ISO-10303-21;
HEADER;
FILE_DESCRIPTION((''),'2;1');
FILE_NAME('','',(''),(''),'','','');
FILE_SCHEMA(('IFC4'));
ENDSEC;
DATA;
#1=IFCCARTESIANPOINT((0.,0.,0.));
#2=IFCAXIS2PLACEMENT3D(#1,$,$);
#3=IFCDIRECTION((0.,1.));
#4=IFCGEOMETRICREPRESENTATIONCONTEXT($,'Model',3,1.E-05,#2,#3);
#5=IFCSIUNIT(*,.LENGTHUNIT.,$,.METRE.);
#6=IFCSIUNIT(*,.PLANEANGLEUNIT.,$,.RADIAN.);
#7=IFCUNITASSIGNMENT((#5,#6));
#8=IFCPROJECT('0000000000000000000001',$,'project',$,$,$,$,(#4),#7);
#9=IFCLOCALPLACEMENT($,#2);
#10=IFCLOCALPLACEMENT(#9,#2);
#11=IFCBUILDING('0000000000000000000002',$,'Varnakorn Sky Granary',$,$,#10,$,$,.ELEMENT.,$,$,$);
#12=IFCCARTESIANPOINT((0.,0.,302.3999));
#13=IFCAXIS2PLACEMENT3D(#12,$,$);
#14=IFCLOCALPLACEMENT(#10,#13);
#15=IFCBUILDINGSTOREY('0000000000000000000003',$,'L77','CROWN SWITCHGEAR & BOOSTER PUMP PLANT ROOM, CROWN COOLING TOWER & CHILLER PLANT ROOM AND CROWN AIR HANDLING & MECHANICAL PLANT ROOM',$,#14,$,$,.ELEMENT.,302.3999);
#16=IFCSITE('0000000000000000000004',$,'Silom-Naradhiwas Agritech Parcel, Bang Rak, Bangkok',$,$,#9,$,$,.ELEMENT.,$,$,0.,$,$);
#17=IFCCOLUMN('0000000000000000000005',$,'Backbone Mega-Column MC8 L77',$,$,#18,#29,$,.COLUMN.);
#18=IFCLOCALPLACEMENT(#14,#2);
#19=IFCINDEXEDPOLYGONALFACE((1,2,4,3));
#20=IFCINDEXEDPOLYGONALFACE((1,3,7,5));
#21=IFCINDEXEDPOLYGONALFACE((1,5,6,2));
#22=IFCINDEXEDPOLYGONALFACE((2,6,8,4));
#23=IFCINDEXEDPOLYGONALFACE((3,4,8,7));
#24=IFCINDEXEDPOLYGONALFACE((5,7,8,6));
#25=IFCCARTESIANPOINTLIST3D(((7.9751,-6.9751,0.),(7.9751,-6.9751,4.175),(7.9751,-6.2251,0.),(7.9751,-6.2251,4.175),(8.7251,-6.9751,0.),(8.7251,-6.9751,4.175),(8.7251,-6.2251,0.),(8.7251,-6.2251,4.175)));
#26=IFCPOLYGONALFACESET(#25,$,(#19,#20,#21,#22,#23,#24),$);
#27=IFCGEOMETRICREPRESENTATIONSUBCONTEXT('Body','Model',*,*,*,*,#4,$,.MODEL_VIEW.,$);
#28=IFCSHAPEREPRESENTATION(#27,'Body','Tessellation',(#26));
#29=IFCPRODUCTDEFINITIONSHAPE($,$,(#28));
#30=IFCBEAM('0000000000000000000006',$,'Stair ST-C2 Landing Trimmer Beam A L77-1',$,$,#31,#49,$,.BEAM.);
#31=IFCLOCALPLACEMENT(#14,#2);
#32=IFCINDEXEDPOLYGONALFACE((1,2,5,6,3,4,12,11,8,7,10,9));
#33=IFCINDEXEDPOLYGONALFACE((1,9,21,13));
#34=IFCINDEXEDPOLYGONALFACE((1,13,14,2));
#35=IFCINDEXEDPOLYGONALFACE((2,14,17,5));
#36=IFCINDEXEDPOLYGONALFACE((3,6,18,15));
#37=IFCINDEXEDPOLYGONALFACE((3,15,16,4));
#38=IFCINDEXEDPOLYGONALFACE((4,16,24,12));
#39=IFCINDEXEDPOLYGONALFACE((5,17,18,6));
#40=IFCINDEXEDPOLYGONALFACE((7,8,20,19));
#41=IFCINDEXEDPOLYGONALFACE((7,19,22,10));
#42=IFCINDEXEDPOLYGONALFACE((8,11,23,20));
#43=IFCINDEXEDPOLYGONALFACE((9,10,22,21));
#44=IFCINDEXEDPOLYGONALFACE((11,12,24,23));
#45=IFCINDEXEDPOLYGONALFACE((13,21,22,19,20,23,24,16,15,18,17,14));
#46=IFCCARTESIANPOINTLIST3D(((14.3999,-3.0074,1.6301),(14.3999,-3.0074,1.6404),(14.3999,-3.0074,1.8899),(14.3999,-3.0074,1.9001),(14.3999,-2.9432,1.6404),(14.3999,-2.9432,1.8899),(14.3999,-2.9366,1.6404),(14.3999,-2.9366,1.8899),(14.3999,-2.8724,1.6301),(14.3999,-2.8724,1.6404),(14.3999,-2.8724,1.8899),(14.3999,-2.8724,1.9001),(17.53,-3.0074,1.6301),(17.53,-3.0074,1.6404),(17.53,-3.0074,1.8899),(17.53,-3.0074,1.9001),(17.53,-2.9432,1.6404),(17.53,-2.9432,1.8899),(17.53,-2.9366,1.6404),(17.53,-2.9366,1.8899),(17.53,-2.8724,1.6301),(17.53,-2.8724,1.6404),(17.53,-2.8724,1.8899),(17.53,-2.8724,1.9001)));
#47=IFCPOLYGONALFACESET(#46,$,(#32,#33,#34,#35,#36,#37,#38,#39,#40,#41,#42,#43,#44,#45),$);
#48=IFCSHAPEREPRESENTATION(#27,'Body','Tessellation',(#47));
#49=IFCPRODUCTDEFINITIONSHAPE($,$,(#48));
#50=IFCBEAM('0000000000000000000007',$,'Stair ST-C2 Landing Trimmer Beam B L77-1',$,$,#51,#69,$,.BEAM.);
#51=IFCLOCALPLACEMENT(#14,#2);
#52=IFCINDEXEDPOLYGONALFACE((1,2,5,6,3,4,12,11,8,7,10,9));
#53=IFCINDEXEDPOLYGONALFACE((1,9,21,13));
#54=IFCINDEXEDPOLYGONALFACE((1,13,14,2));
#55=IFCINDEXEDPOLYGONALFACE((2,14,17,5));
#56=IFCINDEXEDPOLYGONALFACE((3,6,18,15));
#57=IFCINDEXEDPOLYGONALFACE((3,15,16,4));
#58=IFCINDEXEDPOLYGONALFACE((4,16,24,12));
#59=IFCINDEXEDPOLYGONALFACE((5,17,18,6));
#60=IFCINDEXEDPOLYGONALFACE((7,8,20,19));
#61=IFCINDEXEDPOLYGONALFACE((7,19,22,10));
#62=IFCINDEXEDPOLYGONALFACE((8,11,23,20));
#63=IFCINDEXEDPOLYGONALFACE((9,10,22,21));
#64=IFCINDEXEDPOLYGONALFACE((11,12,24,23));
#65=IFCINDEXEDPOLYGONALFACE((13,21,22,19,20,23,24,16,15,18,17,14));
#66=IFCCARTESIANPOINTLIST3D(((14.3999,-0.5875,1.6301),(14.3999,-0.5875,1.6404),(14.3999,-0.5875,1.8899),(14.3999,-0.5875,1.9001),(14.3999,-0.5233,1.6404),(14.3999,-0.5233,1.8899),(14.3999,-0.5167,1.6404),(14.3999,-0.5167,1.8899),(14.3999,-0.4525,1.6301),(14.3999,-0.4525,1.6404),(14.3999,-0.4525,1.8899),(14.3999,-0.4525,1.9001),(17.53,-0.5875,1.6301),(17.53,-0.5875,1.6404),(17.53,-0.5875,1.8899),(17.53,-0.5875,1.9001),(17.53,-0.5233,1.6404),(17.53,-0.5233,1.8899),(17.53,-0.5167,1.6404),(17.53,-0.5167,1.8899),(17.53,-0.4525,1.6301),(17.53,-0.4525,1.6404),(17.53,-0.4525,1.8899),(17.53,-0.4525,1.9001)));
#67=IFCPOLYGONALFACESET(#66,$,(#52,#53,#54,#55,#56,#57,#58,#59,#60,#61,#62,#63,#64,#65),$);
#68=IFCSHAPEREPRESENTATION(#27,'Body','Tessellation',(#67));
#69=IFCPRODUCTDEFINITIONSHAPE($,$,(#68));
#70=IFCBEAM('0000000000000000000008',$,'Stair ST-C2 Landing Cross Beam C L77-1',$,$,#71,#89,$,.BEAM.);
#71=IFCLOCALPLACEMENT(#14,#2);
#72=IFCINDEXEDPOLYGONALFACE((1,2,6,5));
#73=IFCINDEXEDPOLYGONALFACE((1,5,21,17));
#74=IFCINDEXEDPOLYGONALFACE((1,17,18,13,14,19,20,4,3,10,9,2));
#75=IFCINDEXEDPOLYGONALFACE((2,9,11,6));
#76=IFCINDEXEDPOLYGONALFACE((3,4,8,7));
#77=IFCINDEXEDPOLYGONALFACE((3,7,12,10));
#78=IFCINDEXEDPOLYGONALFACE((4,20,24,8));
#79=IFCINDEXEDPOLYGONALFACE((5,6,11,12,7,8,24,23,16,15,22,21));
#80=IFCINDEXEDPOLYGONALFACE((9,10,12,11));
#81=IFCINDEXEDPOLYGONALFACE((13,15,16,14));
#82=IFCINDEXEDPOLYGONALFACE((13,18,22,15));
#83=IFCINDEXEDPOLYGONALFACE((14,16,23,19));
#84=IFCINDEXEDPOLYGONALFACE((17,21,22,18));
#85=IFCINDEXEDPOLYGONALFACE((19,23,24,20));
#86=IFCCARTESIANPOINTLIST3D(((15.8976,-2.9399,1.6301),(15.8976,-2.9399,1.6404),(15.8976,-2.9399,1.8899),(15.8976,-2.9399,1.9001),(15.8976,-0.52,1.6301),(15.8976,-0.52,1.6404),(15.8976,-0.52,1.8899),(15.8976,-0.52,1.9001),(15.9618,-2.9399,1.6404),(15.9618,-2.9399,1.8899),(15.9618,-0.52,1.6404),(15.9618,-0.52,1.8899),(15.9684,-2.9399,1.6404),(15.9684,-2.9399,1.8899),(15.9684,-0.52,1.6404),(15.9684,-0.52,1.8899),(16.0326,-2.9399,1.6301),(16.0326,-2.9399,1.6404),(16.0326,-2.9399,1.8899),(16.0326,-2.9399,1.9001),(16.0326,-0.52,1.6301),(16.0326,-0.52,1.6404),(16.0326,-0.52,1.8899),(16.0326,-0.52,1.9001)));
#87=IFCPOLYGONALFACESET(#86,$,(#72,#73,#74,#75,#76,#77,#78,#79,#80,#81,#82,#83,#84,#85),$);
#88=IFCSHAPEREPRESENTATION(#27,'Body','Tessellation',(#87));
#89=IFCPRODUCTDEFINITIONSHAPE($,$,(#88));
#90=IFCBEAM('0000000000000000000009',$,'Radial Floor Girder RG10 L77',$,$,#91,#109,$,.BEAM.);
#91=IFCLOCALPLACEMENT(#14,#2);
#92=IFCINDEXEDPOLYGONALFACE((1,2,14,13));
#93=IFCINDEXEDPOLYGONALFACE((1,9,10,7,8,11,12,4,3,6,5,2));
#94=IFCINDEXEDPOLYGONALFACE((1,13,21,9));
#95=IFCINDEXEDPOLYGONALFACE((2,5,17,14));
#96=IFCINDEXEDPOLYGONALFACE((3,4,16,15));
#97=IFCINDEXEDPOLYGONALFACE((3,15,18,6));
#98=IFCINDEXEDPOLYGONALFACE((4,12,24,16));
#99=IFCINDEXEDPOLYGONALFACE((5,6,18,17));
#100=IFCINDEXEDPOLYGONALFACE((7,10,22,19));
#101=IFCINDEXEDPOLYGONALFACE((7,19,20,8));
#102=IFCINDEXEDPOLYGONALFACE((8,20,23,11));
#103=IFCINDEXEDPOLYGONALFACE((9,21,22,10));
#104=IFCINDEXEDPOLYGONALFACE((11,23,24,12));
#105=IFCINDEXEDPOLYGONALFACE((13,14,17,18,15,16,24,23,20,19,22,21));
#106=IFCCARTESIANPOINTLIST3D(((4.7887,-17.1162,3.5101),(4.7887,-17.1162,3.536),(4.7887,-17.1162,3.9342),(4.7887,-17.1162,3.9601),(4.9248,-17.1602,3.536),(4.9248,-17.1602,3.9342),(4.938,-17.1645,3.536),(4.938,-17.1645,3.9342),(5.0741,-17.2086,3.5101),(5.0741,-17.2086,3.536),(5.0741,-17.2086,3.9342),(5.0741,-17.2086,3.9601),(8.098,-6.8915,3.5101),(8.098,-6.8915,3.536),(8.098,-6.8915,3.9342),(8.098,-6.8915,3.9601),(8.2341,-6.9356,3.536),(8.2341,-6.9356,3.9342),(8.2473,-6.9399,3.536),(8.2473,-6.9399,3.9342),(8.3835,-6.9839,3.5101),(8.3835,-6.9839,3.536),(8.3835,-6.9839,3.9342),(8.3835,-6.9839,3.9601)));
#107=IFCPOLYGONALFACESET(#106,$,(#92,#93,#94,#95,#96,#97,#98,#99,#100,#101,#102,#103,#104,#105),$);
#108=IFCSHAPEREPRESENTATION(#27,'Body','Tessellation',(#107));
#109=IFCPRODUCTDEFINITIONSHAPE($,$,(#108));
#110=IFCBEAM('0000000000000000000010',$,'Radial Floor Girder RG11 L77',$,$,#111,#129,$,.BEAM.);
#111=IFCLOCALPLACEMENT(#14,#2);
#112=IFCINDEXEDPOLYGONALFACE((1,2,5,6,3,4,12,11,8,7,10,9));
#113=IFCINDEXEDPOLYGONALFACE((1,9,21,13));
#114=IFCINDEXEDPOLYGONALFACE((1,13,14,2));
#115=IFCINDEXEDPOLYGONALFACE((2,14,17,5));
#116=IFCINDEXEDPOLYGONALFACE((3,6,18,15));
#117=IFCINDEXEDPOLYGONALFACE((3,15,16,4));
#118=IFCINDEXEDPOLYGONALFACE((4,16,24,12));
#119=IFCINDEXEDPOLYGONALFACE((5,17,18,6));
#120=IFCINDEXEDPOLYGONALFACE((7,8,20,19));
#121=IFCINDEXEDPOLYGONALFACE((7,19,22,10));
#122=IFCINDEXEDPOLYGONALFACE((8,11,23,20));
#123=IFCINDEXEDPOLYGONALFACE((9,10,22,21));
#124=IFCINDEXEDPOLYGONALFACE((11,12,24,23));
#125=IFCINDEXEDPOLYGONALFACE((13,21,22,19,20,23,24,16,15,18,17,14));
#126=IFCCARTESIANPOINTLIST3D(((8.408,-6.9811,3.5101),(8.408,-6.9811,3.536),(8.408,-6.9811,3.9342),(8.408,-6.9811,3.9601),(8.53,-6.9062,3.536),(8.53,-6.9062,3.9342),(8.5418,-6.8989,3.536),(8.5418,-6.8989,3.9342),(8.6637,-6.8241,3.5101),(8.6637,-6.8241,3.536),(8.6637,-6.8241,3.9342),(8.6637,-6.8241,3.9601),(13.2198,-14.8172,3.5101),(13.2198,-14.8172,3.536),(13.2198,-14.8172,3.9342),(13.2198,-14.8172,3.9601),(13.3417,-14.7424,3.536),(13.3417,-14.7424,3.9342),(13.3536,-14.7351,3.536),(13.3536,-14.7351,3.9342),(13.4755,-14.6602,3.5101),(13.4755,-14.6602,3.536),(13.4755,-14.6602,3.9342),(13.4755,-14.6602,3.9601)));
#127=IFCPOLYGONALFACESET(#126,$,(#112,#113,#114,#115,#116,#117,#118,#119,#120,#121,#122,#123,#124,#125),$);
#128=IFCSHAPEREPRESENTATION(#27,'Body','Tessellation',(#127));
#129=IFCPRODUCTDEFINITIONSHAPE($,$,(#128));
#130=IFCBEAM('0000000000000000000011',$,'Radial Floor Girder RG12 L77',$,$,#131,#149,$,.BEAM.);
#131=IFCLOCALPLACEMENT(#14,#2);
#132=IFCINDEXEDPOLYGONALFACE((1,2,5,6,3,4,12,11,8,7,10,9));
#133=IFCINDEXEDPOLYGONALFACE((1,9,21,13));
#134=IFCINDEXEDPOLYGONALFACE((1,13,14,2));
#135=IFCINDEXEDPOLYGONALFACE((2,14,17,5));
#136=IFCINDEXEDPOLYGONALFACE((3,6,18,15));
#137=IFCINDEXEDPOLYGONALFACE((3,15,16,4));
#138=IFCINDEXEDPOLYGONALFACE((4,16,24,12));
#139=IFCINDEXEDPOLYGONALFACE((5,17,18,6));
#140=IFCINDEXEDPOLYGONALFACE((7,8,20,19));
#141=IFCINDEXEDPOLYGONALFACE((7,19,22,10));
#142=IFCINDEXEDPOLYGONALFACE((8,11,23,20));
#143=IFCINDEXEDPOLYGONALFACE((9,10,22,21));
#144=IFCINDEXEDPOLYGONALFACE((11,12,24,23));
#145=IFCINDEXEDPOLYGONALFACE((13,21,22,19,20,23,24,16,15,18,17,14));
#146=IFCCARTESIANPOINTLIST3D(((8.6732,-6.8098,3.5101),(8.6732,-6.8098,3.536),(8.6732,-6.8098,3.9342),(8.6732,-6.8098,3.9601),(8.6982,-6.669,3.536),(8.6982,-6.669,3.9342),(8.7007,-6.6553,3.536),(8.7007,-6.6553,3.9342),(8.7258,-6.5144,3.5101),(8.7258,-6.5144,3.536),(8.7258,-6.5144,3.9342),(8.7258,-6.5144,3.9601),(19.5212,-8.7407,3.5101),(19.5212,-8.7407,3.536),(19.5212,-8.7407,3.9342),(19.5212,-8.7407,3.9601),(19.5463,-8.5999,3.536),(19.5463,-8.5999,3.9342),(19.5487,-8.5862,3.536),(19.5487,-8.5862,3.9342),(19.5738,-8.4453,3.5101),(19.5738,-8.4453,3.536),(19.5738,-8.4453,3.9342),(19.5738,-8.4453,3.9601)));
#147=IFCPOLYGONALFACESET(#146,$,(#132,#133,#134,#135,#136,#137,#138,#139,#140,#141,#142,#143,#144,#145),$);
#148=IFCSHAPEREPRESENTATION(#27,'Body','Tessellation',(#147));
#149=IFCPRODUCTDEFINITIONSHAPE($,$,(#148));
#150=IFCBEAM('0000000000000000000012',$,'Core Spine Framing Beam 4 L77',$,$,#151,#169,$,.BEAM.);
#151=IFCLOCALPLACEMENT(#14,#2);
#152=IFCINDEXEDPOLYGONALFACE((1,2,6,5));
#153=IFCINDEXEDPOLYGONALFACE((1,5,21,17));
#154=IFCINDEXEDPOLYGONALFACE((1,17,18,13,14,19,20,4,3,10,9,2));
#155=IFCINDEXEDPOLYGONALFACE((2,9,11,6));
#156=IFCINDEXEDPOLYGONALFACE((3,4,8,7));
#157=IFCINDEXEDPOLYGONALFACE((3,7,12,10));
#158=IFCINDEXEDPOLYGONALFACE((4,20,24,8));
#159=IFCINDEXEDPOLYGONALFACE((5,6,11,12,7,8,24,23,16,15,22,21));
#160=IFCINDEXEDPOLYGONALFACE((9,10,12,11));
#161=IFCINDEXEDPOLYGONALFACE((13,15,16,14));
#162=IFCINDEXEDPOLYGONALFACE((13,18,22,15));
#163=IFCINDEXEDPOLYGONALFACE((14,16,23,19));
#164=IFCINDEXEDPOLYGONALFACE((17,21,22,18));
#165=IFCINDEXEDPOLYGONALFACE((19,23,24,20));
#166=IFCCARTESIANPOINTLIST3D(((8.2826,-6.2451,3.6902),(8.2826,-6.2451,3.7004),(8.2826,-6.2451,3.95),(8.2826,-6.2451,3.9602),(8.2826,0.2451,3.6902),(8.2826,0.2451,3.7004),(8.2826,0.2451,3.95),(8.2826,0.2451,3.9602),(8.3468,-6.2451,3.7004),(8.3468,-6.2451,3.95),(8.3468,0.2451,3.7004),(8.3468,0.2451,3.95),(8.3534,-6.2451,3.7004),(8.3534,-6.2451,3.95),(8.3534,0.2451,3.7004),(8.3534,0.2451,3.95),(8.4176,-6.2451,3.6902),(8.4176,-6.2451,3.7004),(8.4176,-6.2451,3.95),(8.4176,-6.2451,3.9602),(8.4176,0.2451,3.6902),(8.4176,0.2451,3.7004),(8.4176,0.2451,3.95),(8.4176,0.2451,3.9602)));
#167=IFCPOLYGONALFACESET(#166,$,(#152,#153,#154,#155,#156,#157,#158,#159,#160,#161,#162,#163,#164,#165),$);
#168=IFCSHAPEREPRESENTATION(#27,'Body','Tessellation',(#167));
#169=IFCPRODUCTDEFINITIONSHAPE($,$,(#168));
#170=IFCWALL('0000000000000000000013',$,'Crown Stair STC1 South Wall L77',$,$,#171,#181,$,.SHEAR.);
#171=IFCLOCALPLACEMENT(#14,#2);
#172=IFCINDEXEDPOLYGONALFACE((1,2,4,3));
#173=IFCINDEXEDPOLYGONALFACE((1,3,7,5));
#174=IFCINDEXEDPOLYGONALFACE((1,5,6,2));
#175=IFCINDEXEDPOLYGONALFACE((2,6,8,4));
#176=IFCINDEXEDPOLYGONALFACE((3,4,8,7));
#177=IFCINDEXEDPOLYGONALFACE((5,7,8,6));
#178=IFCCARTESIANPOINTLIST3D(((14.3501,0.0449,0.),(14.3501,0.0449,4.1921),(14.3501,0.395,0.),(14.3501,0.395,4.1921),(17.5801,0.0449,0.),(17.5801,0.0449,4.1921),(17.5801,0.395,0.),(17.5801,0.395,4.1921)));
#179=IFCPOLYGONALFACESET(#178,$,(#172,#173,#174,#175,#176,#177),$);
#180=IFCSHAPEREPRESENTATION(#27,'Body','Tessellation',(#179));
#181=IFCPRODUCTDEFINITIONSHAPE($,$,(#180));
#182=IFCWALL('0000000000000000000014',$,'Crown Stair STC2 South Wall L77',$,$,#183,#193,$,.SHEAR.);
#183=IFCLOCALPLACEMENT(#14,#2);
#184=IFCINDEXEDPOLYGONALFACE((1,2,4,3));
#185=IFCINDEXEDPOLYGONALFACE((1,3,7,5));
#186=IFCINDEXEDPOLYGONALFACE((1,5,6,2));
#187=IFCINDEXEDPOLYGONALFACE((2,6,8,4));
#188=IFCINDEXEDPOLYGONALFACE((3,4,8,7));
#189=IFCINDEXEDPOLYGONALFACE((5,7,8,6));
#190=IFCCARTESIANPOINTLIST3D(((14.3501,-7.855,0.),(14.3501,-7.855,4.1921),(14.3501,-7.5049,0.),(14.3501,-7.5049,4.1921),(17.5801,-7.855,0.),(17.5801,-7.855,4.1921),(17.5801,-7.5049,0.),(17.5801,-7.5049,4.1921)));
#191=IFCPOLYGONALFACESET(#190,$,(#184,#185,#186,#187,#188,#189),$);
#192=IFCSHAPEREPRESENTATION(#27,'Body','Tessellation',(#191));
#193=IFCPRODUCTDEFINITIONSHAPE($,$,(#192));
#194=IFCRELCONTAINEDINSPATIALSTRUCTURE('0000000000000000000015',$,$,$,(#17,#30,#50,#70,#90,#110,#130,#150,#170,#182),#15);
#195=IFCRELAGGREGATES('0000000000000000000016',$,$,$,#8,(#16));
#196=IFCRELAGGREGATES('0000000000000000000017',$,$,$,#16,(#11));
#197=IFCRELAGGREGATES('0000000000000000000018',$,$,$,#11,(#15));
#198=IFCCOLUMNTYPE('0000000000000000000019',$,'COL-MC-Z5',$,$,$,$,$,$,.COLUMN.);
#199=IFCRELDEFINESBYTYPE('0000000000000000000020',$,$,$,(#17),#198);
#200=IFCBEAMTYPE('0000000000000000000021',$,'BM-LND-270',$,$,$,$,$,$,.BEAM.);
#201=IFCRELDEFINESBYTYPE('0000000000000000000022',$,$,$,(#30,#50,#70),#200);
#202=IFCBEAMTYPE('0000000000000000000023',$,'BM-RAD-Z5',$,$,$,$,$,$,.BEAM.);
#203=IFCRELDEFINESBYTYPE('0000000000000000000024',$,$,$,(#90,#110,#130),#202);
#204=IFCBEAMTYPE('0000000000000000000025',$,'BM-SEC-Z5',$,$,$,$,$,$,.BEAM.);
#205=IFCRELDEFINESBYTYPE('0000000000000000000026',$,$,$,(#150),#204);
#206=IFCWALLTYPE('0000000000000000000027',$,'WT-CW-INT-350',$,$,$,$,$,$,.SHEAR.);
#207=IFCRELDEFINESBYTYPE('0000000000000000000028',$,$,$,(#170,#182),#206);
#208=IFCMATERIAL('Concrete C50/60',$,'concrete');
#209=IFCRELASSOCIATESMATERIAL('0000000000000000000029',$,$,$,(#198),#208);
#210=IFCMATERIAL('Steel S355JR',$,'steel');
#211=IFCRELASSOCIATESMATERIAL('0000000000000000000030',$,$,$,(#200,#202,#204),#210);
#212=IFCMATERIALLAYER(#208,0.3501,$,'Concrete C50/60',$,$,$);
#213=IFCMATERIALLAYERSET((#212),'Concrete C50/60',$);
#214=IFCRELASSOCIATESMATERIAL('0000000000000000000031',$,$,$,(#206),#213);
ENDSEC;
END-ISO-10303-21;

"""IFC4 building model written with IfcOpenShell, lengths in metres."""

from ifc_helpers import new_model, si_unit, direction, frame, frame_2d, origin, origin_2d, place, context, subcontext, project, spatial, rectangle, i_section, extrude, material, layer, layer_set, material_profile, profile_set, type_object, element, save


model = new_model("IFC4")

# Units and contexts
model_context = context("Model", 3, precision=1e-05, world=origin(), true_north=direction((0.0, 1.0)))
body_context = subcontext(model_context, "Body", "Model", "MODEL_VIEW")
ifc_project = project(units=[si_unit("LENGTHUNIT", "METRE"), si_unit("PLANEANGLEUNIT", "RADIAN")], contexts=[model_context])

# Site, building, storey
site_placement = place(None, origin())
site = spatial("IfcSite", under=ifc_project, at=site_placement, Name="Silom-Naradhiwas Agritech Parcel, Bang Rak, Bangkok", CompositionType="ELEMENT", RefElevation=0.0)
building_placement = place(site_placement, origin())
building = spatial("IfcBuilding", under=site, at=building_placement, Name="Varnakorn Sky Granary", CompositionType="ELEMENT")
storey_placement = place(building_placement, frame((0.0, 0.0, 302.3999)))
storey = spatial("IfcBuildingStorey", under=building, at=storey_placement, Name="L77", Description="CROWN SWITCHGEAR & BOOSTER PUMP PLANT ROOM, CROWN COOLING TOWER & CHILLER PLANT ROOM AND CROWN AIR HANDLING & MECHANICAL PLANT ROOM", CompositionType="ELEMENT", Elevation=302.3999)

# Column
ifc_material_1 = material(Name="Concrete C50/60", Category="concrete")
ifc_material_profile_1 = material_profile(ifc_material_1, rectangle(XDim=0.75, YDim=0.75, at=origin_2d()), Name="RC 750x750")
ifc_profile_set_1 = profile_set([ifc_material_profile_1], Name="Concrete C50/60")
column_type = type_object("IfcColumnType", Name="COL-MC-Z5", PredefinedType="COLUMN", material=ifc_profile_set_1)
column_placement = place(storey_placement, frame((8.3501, -6.6001, 0.0), z_axis=(0.0, 0.0, 1.0), x_axis=(1.0, 0.0, 0.0)))
element("IfcColumn", 1, at=column_placement, inside=storey, type_object=column_type, Name="Backbone Mega-Column MC8 L77", PredefinedType="COLUMN", context=body_context, shape_type="SweptSolid", body=[
    extrude(rectangle(XDim=0.75, YDim=0.75, at=origin_2d()), origin(), (0.0, 0.0, 1.0), 4.175),
])

# Beams
ifc_material_2 = material(Name="Steel S355JR", Category="steel")
ifc_material_profile_2 = material_profile(ifc_material_2, i_section(OverallWidth=0.135, OverallDepth=0.27, WebThickness=0.0066, FlangeThickness=0.0103, at=origin_2d()), Name="IPE 270")
ifc_profile_set_2 = profile_set([ifc_material_profile_2], Name="Steel S355JR")
beam_type_1 = type_object("IfcBeamType", Name="BM-LND-270", PredefinedType="BEAM", material=ifc_profile_set_2)
for number, where, z_axis, x_axis, name in (
    (2, (14.3999, -2.9399, 1.7651), (1.0, 0.0, 0.0), (0.0, 1.0, 0.0), "Stair ST-C2 Landing Trimmer Beam A L77-1"),
    (3, (14.3999, -0.52, 1.7651), (1.0, 0.0, 0.0), (0.0, 1.0, 0.0), "Stair ST-C2 Landing Trimmer Beam B L77-1"),
):
    element("IfcBeam", number, at=place(storey_placement, frame(where, z_axis=z_axis, x_axis=x_axis)), inside=storey, type_object=beam_type_1, Name=name, PredefinedType="BEAM", context=body_context, shape_type="SweptSolid", body=[
        extrude(i_section(OverallWidth=0.135, OverallDepth=0.27, WebThickness=0.0066, FlangeThickness=0.0103, at=origin_2d()), origin(), (0.0, 0.0, 1.0), 3.1301),
    ])
beam_1_placement = place(storey_placement, frame((15.9651, -2.9399, 1.7651), z_axis=(0.0, 1.0, 0.0), x_axis=(-1.0, 0.0, 0.0)))
element("IfcBeam", 4, at=beam_1_placement, inside=storey, type_object=beam_type_1, Name="Stair ST-C2 Landing Cross Beam C L77-1", PredefinedType="BEAM", context=body_context, shape_type="SweptSolid", body=[
    extrude(i_section(OverallWidth=0.135, OverallDepth=0.27, WebThickness=0.0066, FlangeThickness=0.0103, at=origin_2d()), origin(), (0.0, 0.0, 1.0), 2.4199),
])
ifc_material_profile_3 = material_profile(ifc_material_2, i_section(OverallWidth=0.3, OverallDepth=0.45, WebThickness=0.0139, FlangeThickness=0.0259, at=origin_2d()), Name="HE 450 B")
ifc_profile_set_3 = profile_set([ifc_material_profile_3], Name="Steel S355JR")
beam_type_2 = type_object("IfcBeamType", Name="BM-RAD-Z5", PredefinedType="BEAM", material=ifc_profile_set_3)
beam_2_placement = place(storey_placement, frame((8.2407, -6.9377, 3.7351), z_axis=(-0.307935, -0.951407, 0.0), x_axis=(0.951407, -0.307935, 0.0)))
element("IfcBeam", 5, at=beam_2_placement, inside=storey, type_object=beam_type_2, Name="Radial Floor Girder RG10 L77", PredefinedType="BEAM", context=body_context, shape_type="SweptSolid", body=[
    extrude(i_section(OverallWidth=0.3, OverallDepth=0.45, WebThickness=0.0139, FlangeThickness=0.0259, at=origin_2d()), origin(), (0.0, 0.0, 1.0), 10.7468),
])
beam_3_placement = place(storey_placement, frame((8.5359, -6.9026, 3.7351), z_axis=(0.523269, -0.852167, 0.0), x_axis=(0.852167, 0.523269, 0.0)))
element("IfcBeam", 6, at=beam_3_placement, inside=storey, type_object=beam_type_2, Name="Radial Floor Girder RG11 L77", PredefinedType="BEAM", context=body_context, shape_type="SweptSolid", body=[
    extrude(i_section(OverallWidth=0.3, OverallDepth=0.45, WebThickness=0.0139, FlangeThickness=0.0259, at=origin_2d()), origin(), (0.0, 0.0, 1.0), 9.1956),
])
beam_4_placement = place(storey_placement, frame((8.6995, -6.6621, 3.7351), z_axis=(0.984526, -0.17524, 0.0), x_axis=(0.17524, 0.984526, 0.0)))
element("IfcBeam", 7, at=beam_4_placement, inside=storey, type_object=beam_type_2, Name="Radial Floor Girder RG12 L77", PredefinedType="BEAM", context=body_context, shape_type="SweptSolid", body=[
    extrude(i_section(OverallWidth=0.3, OverallDepth=0.45, WebThickness=0.0139, FlangeThickness=0.0259, at=origin_2d()), origin(), (0.0, 0.0, 1.0), 11.0186),
])
ifc_material_profile_4 = material_profile(ifc_material_2, i_section(OverallWidth=0.135, OverallDepth=0.27, WebThickness=0.0066, FlangeThickness=0.0103, at=origin_2d()), Name="IPE 270")
ifc_profile_set_4 = profile_set([ifc_material_profile_4], Name="Steel S355JR")
beam_type_3 = type_object("IfcBeamType", Name="BM-SEC-Z5", PredefinedType="BEAM", material=ifc_profile_set_4)
beam_5_placement = place(storey_placement, frame((8.3501, 0.2451, 3.8252), z_axis=(0.0, -1.0, 0.0), x_axis=(1.0, 0.0, 0.0)))
element("IfcBeam", 8, at=beam_5_placement, inside=storey, type_object=beam_type_3, Name="Core Spine Framing Beam 4 L77", PredefinedType="BEAM", context=body_context, shape_type="SweptSolid", body=[
    extrude(i_section(OverallWidth=0.135, OverallDepth=0.27, WebThickness=0.0066, FlangeThickness=0.0103, at=origin_2d()), origin(), (0.0, 0.0, 1.0), 6.4902),
])

# Walls
ifc_layer_1 = layer(ifc_material_1, 0.3501, Name="Concrete C50/60")
ifc_layer_set_1 = layer_set([ifc_layer_1], Name="Concrete C50/60")
wall_type_1 = type_object("IfcWallType", Name="WT-CW-INT-350", PredefinedType="SHEAR", material=ifc_layer_set_1)
for number, where, z_axis, x_axis, name in (
    (9, (14.3501, 0.22, 0.0), (0.0, 0.0, 1.0), (1.0, 0.0, 0.0), "Crown Stair STC1 South Wall L77"),
    (10, (14.3501, -7.6799, 0.0), (0.0, 0.0, 1.0), (1.0, 0.0, 0.0), "Crown Stair STC2 South Wall L77"),
):
    element("IfcWall", number, at=place(storey_placement, frame(where, z_axis=z_axis, x_axis=x_axis)), inside=storey, type_object=wall_type_1, Name=name, PredefinedType="SHEAR", context=body_context, shape_type="SweptSolid", body=[
        extrude(rectangle(XDim=3.23, YDim=0.3501, at=frame_2d((1.615, 0.0))), origin(), (0.0, 0.0, 1.0), 4.1921),
    ])

save(model, "model.ifc")
